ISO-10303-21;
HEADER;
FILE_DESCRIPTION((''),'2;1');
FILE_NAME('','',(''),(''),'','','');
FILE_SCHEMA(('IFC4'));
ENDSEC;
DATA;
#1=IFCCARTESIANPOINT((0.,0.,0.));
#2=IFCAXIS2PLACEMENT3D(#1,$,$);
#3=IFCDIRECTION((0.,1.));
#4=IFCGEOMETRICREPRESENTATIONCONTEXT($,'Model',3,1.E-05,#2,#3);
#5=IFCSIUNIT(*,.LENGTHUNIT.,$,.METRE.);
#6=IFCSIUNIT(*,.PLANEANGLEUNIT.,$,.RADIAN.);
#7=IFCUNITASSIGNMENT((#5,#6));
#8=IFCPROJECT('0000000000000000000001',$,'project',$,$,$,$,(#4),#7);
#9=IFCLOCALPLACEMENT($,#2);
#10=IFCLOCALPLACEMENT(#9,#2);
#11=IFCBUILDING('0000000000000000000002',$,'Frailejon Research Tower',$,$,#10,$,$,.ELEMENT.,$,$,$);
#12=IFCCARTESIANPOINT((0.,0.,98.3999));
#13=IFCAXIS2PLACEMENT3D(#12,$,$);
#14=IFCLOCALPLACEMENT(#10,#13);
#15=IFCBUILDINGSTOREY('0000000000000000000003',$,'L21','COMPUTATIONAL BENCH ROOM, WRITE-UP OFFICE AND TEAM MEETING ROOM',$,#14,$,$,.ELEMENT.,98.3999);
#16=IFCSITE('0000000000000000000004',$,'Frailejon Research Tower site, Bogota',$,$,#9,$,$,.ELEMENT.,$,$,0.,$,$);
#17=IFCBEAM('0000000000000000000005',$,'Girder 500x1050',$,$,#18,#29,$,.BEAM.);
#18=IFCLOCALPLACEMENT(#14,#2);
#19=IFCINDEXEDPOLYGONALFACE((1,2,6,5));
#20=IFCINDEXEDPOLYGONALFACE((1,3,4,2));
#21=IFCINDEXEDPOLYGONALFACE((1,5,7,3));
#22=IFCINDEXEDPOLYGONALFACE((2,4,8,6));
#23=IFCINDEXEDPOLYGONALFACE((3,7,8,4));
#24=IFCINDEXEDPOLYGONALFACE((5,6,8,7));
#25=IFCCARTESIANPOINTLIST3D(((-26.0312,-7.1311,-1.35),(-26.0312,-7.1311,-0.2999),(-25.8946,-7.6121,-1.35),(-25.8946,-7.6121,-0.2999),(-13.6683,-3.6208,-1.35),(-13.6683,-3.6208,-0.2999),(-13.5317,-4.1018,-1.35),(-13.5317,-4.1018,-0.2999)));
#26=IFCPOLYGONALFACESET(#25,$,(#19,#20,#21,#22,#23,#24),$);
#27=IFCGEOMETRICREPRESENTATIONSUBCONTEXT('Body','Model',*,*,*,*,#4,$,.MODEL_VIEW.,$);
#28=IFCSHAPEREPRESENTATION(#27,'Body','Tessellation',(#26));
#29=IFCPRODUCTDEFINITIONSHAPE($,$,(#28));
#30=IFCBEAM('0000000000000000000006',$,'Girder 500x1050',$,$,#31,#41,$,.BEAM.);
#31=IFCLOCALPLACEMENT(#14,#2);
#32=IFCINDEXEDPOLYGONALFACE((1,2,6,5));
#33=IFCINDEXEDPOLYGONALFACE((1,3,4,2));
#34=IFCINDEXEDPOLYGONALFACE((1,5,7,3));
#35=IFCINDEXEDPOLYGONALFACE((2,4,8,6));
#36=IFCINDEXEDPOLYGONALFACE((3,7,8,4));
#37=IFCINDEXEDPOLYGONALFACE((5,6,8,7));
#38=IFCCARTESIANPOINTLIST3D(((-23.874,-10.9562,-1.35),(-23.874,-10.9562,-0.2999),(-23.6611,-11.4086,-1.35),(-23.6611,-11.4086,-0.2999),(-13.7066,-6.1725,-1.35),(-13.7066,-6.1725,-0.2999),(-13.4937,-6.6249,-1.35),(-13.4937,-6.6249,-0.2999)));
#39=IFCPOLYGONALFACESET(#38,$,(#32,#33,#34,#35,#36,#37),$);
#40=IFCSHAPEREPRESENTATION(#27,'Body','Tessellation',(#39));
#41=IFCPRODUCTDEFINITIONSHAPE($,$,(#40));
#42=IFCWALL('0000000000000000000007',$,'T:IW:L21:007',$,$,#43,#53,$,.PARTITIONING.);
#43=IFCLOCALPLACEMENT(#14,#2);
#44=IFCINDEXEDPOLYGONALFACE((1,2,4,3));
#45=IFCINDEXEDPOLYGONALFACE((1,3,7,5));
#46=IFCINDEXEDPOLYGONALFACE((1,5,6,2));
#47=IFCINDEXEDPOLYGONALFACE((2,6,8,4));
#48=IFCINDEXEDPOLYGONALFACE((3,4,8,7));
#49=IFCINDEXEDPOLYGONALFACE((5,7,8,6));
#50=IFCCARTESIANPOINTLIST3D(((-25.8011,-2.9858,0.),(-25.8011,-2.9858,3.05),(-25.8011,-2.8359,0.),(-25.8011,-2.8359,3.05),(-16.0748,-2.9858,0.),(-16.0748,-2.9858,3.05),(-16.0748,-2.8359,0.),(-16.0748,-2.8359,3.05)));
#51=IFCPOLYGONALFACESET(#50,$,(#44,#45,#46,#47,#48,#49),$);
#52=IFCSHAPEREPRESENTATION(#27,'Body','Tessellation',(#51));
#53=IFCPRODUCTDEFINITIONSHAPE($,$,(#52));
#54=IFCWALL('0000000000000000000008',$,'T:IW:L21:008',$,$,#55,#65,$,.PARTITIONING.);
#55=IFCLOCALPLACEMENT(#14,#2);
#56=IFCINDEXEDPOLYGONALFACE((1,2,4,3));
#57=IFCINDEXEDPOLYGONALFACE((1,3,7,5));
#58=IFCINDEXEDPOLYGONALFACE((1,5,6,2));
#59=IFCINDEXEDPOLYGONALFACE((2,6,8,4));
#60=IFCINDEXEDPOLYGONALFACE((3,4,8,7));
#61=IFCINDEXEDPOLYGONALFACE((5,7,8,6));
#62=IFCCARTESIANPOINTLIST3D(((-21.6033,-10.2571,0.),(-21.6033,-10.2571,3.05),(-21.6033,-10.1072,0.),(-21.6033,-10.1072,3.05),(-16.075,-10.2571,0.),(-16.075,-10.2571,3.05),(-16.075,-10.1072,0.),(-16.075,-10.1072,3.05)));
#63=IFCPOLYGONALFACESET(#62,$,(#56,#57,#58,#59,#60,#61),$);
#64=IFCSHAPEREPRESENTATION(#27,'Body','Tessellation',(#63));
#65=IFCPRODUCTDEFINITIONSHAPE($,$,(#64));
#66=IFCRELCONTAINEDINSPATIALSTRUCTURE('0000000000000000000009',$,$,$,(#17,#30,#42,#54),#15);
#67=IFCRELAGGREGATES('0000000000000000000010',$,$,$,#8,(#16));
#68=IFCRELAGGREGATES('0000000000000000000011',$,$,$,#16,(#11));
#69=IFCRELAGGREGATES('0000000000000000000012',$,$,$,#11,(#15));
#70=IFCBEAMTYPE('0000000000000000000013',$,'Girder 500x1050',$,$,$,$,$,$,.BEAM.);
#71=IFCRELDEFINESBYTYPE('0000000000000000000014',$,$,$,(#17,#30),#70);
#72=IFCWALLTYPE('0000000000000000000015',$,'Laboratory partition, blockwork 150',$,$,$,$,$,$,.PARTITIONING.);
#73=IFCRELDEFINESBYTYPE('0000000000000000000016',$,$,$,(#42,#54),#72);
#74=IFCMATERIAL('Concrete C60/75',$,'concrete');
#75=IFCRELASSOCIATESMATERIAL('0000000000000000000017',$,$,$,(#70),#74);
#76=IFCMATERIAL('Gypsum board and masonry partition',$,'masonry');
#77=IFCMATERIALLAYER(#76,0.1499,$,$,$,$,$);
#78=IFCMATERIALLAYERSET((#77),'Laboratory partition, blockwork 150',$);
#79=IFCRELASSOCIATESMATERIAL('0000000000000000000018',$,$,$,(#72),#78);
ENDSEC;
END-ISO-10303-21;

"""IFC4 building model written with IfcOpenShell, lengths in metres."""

from ifc_helpers import new_model, si_unit, direction, frame, frame_2d, origin, origin_2d, place, context, subcontext, project, spatial, rectangle, extrude, material, layer, layer_set, material_profile, profile_set, type_object, element, save


model = new_model("IFC4")

# Units and contexts
model_context = context("Model", 3, precision=1e-05, world=origin(), true_north=direction((0.0, 1.0)))
body_context = subcontext(model_context, "Body", "Model", "MODEL_VIEW")
ifc_project = project(units=[si_unit("LENGTHUNIT", "METRE"), si_unit("PLANEANGLEUNIT", "RADIAN")], contexts=[model_context])

# Site, building, storey
site_placement = place(None, origin())
site = spatial("IfcSite", under=ifc_project, at=site_placement, Name="Frailejon Research Tower site, Bogota", CompositionType="ELEMENT", RefElevation=0.0)
building_placement = place(site_placement, origin())
building = spatial("IfcBuilding", under=site, at=building_placement, Name="Frailejon Research Tower", CompositionType="ELEMENT")
storey_placement = place(building_placement, frame((0.0, 0.0, 98.3999)))
storey = spatial("IfcBuildingStorey", under=building, at=storey_placement, Name="L21", Description="COMPUTATIONAL BENCH ROOM, WRITE-UP OFFICE AND TEAM MEETING ROOM", CompositionType="ELEMENT", Elevation=98.3999)

# Beams
ifc_material_1 = material(Name="Concrete C60/75", Category="concrete")
ifc_material_profile = material_profile(ifc_material_1, rectangle(XDim=0.5, YDim=1.05, at=origin_2d()), Name="Girder 500x1050")
ifc_profile_set = profile_set([ifc_material_profile], Name="Concrete C60/75")
beam_type = type_object("IfcBeamType", Name="Girder 500x1050", PredefinedType="BEAM", material=ifc_profile_set)
beam_1_placement = place(storey_placement, frame((-25.9629, -7.3716, -0.825), z_axis=(0.961974, 0.27314, 0.0), x_axis=(-0.27314, 0.961974, 0.0)))
element("IfcBeam", 1, at=beam_1_placement, inside=storey, type_object=beam_type, Name="Girder 500x1050", PredefinedType="BEAM", context=body_context, shape_type="SweptSolid", body=[
    extrude(rectangle(XDim=0.5, YDim=1.05, at=origin_2d()), origin(), (0.0, 0.0, 1.0), 12.8516),
])
beam_2_placement = place(storey_placement, frame((-23.7676, -11.1824, -0.825), z_axis=(0.904853, 0.425724, 0.0), x_axis=(-0.425724, 0.904853, 0.0)))
element("IfcBeam", 2, at=beam_2_placement, inside=storey, type_object=beam_type, Name="Girder 500x1050", PredefinedType="BEAM", context=body_context, shape_type="SweptSolid", body=[
    extrude(rectangle(XDim=0.5, YDim=1.05, at=origin_2d()), origin(), (0.0, 0.0, 1.0), 11.2366),
])

# Walls
ifc_material_2 = material(Name="Gypsum board and masonry partition", Category="masonry")
ifc_layer_1 = layer(ifc_material_2, 0.1499)
ifc_layer_set_1 = layer_set([ifc_layer_1], Name="Laboratory partition, blockwork 150")
wall_type_1 = type_object("IfcWallType", Name="Laboratory partition, blockwork 150", PredefinedType="PARTITIONING", material=ifc_layer_set_1)
wall_1_placement = place(storey_placement, frame((-25.8013, -2.9109, 0.0), z_axis=(0.0, 0.0, 1.0), x_axis=(1.0, 0.0, 0.0)))
element("IfcWall", 3, at=wall_1_placement, inside=storey, type_object=wall_type_1, Name="T:IW:L21:007", PredefinedType="PARTITIONING", context=body_context, shape_type="SweptSolid", body=[
    extrude(rectangle(XDim=9.7263, YDim=0.1499, at=frame_2d((4.8633, 0.0))), origin(), (0.0, 0.0, 1.0), 3.05),
])
wall_2_placement = place(storey_placement, frame((-21.6033, -10.1821, 0.0), z_axis=(0.0, 0.0, 1.0), x_axis=(1.0, 0.0, 0.0)))
element("IfcWall", 4, at=wall_2_placement, inside=storey, type_object=wall_type_1, Name="T:IW:L21:008", PredefinedType="PARTITIONING", context=body_context, shape_type="SweptSolid", body=[
    extrude(rectangle(XDim=5.5283, YDim=0.1499, at=frame_2d((2.7642, 0.0))), origin(), (0.0, 0.0, 1.0), 3.05),
])

save(model, "model.ifc")
